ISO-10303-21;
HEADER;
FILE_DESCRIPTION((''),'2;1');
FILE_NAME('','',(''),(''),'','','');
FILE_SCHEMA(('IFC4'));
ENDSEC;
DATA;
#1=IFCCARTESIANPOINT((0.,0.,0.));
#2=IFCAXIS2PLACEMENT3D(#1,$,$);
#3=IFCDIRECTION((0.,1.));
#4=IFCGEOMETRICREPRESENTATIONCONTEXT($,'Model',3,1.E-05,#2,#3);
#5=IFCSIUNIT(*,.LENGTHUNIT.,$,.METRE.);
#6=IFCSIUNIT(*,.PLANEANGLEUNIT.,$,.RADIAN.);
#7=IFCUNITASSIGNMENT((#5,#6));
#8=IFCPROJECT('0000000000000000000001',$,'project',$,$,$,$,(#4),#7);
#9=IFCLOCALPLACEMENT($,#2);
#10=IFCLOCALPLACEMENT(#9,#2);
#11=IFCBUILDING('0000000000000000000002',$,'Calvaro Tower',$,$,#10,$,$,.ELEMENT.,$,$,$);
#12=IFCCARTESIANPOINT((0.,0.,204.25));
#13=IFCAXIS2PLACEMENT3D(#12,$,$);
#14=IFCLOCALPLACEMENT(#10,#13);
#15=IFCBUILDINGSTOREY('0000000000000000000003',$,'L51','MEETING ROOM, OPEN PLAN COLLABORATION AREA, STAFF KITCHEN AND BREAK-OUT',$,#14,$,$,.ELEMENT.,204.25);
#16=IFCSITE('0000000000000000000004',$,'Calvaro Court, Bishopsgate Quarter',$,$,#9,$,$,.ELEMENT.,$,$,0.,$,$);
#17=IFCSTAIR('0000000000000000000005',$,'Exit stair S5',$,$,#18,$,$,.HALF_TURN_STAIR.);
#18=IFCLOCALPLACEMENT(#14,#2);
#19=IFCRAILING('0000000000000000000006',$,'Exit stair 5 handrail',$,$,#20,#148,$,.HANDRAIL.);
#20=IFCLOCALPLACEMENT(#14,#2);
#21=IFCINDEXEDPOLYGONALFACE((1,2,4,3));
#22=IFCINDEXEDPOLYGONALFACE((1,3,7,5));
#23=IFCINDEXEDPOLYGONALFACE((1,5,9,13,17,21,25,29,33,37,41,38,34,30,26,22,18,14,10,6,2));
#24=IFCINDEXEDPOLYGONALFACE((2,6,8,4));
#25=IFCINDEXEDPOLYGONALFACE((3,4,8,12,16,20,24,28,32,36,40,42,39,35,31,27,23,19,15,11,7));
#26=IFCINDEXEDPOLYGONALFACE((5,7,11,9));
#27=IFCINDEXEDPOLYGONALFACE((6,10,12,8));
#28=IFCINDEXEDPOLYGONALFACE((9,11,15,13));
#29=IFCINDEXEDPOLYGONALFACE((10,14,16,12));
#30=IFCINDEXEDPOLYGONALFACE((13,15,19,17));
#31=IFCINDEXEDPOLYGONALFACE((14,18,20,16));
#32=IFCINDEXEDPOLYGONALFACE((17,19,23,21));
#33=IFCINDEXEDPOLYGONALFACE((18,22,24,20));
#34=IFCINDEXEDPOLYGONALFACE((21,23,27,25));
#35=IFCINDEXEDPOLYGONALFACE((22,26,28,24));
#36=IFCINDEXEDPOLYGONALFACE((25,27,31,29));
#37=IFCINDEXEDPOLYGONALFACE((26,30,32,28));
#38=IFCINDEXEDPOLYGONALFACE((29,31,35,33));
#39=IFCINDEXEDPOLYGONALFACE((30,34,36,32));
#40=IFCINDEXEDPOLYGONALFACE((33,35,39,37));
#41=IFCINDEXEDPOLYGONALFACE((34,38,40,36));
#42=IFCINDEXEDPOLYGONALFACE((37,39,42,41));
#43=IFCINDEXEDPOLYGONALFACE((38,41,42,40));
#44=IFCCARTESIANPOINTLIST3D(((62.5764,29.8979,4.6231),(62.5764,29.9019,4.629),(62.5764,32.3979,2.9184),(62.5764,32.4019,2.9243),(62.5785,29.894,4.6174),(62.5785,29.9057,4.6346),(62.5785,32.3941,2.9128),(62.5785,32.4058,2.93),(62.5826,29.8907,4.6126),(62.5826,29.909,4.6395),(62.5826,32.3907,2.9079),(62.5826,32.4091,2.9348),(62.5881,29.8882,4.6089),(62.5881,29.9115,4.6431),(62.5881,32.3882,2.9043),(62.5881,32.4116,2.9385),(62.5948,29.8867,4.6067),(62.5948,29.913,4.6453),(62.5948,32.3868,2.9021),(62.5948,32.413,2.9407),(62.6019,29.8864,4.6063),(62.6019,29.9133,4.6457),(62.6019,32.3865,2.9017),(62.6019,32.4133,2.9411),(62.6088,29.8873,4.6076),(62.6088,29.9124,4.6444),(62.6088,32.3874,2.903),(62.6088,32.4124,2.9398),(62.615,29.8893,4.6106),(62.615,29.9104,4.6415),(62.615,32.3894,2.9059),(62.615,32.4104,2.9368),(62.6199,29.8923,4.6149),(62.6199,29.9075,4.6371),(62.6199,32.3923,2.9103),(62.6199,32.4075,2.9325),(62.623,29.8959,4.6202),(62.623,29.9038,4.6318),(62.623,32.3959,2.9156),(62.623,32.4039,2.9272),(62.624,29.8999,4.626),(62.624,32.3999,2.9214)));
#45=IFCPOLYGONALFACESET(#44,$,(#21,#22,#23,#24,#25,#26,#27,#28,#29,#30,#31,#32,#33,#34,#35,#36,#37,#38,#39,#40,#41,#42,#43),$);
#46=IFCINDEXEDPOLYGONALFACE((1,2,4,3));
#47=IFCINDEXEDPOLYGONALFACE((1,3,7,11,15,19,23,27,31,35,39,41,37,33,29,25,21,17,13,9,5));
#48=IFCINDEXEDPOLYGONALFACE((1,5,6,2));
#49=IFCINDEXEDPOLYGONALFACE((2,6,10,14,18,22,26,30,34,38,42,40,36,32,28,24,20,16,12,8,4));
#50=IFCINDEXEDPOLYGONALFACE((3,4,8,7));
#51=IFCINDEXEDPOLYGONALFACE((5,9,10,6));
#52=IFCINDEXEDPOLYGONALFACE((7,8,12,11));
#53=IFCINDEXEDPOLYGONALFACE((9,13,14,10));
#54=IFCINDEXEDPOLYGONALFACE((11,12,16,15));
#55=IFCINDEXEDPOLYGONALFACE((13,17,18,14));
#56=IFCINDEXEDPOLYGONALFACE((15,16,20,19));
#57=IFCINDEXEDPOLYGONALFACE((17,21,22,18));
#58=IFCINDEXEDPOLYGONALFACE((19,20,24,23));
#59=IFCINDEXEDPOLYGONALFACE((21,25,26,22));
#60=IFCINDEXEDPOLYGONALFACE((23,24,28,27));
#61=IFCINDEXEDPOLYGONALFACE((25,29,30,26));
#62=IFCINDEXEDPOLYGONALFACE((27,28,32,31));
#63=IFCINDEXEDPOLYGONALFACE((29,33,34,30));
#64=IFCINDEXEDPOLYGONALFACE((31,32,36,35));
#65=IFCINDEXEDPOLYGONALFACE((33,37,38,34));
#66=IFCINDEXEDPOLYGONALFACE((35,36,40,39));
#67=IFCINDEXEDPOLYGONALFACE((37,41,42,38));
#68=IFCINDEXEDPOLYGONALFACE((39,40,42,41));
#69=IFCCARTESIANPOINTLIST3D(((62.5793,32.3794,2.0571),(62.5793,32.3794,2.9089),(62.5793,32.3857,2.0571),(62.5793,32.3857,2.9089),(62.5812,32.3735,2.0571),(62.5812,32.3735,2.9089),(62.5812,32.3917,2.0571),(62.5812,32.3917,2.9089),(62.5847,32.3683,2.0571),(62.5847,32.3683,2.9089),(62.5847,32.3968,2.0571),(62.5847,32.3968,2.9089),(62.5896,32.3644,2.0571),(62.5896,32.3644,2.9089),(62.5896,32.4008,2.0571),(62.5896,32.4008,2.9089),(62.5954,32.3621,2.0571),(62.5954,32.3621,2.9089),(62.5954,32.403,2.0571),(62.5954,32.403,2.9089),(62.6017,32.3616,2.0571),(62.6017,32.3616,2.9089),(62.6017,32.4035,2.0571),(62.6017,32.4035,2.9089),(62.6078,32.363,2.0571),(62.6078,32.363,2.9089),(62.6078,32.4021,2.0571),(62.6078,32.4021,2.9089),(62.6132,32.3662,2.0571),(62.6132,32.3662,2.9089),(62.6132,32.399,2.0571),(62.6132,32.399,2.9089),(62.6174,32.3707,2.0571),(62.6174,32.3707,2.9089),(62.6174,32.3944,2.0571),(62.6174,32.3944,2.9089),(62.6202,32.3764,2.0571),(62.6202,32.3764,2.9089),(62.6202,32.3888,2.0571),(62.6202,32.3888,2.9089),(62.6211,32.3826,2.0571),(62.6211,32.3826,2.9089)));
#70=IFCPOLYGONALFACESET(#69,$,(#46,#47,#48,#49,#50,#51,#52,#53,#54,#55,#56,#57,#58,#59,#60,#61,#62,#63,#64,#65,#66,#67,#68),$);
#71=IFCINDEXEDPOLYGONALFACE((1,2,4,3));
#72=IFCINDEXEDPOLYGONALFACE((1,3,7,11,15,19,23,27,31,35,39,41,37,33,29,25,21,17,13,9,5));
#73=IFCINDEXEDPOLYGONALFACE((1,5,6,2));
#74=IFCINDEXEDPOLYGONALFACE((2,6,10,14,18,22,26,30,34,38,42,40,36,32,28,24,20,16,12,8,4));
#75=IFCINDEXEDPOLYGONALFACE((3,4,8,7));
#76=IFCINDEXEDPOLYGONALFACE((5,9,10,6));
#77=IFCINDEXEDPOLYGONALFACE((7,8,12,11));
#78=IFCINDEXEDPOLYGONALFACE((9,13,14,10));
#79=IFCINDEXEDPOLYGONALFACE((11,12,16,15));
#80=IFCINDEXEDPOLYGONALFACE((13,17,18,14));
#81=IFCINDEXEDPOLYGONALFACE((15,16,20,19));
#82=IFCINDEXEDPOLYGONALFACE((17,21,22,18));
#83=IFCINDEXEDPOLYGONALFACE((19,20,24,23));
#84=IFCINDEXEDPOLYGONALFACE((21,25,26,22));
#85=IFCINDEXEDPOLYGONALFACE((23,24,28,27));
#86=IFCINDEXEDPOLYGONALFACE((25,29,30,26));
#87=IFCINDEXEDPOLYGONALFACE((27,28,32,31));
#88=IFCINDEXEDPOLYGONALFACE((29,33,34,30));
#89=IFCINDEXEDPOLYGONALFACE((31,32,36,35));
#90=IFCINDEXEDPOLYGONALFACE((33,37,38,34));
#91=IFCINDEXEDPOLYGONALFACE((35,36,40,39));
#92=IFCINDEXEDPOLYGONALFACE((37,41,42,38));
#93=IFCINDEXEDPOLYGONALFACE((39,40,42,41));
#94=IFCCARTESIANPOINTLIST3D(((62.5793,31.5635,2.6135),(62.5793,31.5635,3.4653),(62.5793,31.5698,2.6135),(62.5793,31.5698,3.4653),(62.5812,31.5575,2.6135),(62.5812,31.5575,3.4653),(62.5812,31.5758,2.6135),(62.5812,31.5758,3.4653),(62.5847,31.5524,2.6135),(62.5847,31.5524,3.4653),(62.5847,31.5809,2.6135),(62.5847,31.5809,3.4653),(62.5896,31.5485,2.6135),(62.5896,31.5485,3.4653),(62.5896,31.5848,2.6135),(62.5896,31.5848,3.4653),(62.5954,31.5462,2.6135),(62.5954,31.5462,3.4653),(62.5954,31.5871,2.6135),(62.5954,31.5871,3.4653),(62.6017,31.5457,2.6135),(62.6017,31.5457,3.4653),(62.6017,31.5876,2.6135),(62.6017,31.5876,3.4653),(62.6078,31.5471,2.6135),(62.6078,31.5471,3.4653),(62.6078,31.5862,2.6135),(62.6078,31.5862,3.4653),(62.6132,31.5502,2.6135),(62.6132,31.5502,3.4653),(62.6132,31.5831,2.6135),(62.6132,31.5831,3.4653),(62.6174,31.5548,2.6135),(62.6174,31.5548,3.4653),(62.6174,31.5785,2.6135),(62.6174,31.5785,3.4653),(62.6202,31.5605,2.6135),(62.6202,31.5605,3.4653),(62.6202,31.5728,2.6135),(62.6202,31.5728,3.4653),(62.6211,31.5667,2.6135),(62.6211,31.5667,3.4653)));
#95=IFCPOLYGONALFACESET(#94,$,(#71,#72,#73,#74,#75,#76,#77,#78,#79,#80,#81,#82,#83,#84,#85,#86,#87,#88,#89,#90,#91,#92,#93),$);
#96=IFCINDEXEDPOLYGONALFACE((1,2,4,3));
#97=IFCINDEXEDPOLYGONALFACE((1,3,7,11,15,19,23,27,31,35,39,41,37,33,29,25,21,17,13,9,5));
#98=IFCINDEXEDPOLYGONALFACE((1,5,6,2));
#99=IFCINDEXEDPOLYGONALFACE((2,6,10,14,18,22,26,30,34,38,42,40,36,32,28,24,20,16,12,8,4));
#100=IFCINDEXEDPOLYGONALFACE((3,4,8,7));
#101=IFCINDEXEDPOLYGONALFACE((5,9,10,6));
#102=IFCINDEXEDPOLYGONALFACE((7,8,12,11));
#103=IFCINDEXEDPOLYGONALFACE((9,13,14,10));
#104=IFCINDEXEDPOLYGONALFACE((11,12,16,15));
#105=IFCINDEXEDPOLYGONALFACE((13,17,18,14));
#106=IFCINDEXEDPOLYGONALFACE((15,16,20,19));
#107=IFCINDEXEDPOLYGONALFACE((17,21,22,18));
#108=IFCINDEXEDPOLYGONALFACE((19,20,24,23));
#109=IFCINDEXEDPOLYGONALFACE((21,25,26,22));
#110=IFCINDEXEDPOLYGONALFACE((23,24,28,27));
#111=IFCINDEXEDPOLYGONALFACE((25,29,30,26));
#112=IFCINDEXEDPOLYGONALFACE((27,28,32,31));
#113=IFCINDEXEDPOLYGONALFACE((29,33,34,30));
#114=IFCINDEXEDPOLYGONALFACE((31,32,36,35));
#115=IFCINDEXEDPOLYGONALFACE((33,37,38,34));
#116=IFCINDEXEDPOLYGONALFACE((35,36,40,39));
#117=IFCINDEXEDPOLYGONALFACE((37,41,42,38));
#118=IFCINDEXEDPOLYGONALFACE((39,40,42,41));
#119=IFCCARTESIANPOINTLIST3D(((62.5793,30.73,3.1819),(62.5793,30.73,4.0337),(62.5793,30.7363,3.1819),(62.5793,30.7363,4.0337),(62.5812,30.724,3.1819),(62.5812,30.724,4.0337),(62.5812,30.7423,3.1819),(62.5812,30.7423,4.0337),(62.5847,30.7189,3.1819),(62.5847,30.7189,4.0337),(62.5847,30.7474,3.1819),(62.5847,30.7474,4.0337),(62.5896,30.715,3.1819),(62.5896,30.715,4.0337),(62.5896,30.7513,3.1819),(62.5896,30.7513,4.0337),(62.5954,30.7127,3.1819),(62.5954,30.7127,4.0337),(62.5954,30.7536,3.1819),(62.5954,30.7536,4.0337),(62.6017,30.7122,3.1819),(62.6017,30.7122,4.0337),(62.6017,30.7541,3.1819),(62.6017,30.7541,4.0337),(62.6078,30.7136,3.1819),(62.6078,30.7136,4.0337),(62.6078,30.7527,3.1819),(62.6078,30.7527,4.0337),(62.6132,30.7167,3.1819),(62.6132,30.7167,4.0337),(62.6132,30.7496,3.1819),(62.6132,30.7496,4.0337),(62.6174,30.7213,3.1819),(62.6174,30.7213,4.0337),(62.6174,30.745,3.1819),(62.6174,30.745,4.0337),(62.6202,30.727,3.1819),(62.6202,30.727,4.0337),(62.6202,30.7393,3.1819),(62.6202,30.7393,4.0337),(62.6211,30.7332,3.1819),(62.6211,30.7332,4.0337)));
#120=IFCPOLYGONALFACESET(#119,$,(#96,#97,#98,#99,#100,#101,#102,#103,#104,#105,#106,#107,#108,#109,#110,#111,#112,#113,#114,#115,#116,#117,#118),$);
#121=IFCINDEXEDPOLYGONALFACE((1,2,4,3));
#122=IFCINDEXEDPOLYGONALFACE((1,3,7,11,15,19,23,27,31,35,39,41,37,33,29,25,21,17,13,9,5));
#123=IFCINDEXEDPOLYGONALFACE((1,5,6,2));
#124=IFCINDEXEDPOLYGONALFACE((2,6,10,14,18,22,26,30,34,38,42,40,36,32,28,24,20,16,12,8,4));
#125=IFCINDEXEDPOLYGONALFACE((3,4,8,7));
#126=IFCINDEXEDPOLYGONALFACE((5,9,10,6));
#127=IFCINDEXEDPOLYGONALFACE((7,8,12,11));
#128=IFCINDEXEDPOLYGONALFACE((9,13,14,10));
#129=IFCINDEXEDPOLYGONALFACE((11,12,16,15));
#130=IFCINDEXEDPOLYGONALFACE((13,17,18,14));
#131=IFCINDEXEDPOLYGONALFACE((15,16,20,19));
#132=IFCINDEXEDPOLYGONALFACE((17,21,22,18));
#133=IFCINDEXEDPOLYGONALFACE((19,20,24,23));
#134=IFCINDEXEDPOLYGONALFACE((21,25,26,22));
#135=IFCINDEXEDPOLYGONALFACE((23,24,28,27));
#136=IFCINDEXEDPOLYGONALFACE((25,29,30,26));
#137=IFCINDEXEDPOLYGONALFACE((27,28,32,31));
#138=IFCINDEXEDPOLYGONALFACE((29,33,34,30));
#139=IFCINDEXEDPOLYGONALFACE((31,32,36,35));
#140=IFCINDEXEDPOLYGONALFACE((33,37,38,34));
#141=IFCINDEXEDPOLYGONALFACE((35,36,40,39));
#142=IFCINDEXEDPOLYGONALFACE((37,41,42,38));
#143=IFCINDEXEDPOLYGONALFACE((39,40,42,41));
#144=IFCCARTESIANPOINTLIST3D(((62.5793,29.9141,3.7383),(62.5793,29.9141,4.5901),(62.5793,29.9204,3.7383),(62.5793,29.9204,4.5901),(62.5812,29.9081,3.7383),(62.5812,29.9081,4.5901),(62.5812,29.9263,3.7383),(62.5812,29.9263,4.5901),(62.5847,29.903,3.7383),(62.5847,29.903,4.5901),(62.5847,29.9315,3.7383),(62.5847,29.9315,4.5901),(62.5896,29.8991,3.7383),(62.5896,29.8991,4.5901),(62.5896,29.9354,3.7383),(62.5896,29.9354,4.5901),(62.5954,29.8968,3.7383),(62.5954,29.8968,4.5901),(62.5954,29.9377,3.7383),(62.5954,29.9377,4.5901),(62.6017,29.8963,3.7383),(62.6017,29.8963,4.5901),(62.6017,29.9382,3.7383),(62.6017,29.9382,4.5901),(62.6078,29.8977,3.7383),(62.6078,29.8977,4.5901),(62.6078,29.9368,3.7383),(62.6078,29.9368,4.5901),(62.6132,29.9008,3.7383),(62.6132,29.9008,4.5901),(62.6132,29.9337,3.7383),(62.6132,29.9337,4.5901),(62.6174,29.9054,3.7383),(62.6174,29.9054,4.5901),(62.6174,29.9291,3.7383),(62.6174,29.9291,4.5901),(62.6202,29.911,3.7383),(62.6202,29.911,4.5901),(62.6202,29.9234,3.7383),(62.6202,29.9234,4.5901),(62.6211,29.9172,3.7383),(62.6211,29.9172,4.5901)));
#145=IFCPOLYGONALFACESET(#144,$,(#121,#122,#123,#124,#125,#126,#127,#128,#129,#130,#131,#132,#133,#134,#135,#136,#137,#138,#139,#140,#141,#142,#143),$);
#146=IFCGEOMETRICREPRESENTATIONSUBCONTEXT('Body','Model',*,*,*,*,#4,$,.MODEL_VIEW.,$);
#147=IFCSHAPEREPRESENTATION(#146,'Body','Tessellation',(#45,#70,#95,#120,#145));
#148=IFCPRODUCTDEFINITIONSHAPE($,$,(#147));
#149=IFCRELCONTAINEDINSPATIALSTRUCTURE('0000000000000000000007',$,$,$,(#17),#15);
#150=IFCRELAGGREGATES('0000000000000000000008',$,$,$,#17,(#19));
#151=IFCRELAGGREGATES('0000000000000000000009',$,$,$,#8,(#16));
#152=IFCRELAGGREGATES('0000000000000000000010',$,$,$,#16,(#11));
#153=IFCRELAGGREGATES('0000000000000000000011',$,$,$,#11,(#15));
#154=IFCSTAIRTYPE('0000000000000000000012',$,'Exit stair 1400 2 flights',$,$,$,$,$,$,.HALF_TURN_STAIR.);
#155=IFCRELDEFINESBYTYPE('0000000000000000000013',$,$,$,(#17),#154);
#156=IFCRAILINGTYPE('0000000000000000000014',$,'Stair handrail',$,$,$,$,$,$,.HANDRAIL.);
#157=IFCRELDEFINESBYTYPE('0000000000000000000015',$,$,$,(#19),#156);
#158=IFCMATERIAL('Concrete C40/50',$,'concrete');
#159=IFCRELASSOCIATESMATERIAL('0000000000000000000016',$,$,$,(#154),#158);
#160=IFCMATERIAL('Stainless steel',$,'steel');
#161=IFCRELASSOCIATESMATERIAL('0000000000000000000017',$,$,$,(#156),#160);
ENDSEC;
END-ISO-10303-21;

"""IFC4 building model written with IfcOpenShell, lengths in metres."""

from ifc_helpers import new_model, si_unit, direction, frame, origin, origin_2d, place, context, subcontext, project, spatial, circle, extrude, material, type_object, element, aggregate, save


model = new_model("IFC4")

# Units and contexts
model_context = context("Model", 3, precision=1e-05, world=origin(), true_north=direction((0.0, 1.0)))
body_context = subcontext(model_context, "Body", "Model", "MODEL_VIEW")
ifc_project = project(units=[si_unit("LENGTHUNIT", "METRE"), si_unit("PLANEANGLEUNIT", "RADIAN")], contexts=[model_context])

# Site, building, storey
site_placement = place(None, origin())
site = spatial("IfcSite", under=ifc_project, at=site_placement, Name="Calvaro Court, Bishopsgate Quarter", CompositionType="ELEMENT", RefElevation=0.0)
building_placement = place(site_placement, origin())
building = spatial("IfcBuilding", under=site, at=building_placement, Name="Calvaro Tower", CompositionType="ELEMENT")
storey_placement = place(building_placement, frame((0.0, 0.0, 204.25)))
storey = spatial("IfcBuildingStorey", under=building, at=storey_placement, Name="L51", Description="MEETING ROOM, OPEN PLAN COLLABORATION AREA, STAFF KITCHEN AND BREAK-OUT", CompositionType="ELEMENT", Elevation=204.25)

# Stair, railing
ifc_material_1 = material(Name="Concrete C40/50", Category="concrete")
stair_type = type_object("IfcStairType", Name="Exit stair 1400 2 flights", PredefinedType="HALF_TURN_STAIR", material=ifc_material_1)
stair_placement = place(storey_placement, origin())
stair = element("IfcStair", 1, at=stair_placement, inside=storey, type_object=stair_type, Name="Exit stair S5", PredefinedType="HALF_TURN_STAIR")
ifc_material_2 = material(Name="Stainless steel", Category="steel")
railing_type = type_object("IfcRailingType", Name="Stair handrail", PredefinedType="HANDRAIL", material=ifc_material_2)
railing_1_placement = place(storey_placement, frame((62.6001, 32.3999, 2.0454)))
railing_1 = element("IfcRailing", 2, at=railing_1_placement, type_object=railing_type, Name="Exit stair 5 handrail", PredefinedType="HANDRAIL", context=body_context, shape_type="SweptSolid", body=[
    extrude(circle(Radius=0.0239, at=origin_2d()), frame((0.0, 0.0, 0.876), z_axis=(0.0, -0.826221, 0.563347), x_axis=(1.0, 0.0, 0.0)), (0.0, 0.0, 1.0), 3.0259),
    extrude(circle(Radius=0.021, at=origin_2d()), frame((0.0, -0.0173, 0.0117)), (0.0, 0.0, 1.0), 0.8518),
    extrude(circle(Radius=0.021, at=origin_2d()), frame((0.0, -0.8333, 0.5681)), (0.0, 0.0, 1.0), 0.8518),
    extrude(circle(Radius=0.021, at=origin_2d()), frame((0.0, -1.6667, 1.1365)), (0.0, 0.0, 1.0), 0.8518),
    extrude(circle(Radius=0.021, at=origin_2d()), frame((0.0, -2.4827, 1.6929)), (0.0, 0.0, 1.0), 0.8518),
])
aggregate(stair, [railing_1])

save(model, "model.ifc")
